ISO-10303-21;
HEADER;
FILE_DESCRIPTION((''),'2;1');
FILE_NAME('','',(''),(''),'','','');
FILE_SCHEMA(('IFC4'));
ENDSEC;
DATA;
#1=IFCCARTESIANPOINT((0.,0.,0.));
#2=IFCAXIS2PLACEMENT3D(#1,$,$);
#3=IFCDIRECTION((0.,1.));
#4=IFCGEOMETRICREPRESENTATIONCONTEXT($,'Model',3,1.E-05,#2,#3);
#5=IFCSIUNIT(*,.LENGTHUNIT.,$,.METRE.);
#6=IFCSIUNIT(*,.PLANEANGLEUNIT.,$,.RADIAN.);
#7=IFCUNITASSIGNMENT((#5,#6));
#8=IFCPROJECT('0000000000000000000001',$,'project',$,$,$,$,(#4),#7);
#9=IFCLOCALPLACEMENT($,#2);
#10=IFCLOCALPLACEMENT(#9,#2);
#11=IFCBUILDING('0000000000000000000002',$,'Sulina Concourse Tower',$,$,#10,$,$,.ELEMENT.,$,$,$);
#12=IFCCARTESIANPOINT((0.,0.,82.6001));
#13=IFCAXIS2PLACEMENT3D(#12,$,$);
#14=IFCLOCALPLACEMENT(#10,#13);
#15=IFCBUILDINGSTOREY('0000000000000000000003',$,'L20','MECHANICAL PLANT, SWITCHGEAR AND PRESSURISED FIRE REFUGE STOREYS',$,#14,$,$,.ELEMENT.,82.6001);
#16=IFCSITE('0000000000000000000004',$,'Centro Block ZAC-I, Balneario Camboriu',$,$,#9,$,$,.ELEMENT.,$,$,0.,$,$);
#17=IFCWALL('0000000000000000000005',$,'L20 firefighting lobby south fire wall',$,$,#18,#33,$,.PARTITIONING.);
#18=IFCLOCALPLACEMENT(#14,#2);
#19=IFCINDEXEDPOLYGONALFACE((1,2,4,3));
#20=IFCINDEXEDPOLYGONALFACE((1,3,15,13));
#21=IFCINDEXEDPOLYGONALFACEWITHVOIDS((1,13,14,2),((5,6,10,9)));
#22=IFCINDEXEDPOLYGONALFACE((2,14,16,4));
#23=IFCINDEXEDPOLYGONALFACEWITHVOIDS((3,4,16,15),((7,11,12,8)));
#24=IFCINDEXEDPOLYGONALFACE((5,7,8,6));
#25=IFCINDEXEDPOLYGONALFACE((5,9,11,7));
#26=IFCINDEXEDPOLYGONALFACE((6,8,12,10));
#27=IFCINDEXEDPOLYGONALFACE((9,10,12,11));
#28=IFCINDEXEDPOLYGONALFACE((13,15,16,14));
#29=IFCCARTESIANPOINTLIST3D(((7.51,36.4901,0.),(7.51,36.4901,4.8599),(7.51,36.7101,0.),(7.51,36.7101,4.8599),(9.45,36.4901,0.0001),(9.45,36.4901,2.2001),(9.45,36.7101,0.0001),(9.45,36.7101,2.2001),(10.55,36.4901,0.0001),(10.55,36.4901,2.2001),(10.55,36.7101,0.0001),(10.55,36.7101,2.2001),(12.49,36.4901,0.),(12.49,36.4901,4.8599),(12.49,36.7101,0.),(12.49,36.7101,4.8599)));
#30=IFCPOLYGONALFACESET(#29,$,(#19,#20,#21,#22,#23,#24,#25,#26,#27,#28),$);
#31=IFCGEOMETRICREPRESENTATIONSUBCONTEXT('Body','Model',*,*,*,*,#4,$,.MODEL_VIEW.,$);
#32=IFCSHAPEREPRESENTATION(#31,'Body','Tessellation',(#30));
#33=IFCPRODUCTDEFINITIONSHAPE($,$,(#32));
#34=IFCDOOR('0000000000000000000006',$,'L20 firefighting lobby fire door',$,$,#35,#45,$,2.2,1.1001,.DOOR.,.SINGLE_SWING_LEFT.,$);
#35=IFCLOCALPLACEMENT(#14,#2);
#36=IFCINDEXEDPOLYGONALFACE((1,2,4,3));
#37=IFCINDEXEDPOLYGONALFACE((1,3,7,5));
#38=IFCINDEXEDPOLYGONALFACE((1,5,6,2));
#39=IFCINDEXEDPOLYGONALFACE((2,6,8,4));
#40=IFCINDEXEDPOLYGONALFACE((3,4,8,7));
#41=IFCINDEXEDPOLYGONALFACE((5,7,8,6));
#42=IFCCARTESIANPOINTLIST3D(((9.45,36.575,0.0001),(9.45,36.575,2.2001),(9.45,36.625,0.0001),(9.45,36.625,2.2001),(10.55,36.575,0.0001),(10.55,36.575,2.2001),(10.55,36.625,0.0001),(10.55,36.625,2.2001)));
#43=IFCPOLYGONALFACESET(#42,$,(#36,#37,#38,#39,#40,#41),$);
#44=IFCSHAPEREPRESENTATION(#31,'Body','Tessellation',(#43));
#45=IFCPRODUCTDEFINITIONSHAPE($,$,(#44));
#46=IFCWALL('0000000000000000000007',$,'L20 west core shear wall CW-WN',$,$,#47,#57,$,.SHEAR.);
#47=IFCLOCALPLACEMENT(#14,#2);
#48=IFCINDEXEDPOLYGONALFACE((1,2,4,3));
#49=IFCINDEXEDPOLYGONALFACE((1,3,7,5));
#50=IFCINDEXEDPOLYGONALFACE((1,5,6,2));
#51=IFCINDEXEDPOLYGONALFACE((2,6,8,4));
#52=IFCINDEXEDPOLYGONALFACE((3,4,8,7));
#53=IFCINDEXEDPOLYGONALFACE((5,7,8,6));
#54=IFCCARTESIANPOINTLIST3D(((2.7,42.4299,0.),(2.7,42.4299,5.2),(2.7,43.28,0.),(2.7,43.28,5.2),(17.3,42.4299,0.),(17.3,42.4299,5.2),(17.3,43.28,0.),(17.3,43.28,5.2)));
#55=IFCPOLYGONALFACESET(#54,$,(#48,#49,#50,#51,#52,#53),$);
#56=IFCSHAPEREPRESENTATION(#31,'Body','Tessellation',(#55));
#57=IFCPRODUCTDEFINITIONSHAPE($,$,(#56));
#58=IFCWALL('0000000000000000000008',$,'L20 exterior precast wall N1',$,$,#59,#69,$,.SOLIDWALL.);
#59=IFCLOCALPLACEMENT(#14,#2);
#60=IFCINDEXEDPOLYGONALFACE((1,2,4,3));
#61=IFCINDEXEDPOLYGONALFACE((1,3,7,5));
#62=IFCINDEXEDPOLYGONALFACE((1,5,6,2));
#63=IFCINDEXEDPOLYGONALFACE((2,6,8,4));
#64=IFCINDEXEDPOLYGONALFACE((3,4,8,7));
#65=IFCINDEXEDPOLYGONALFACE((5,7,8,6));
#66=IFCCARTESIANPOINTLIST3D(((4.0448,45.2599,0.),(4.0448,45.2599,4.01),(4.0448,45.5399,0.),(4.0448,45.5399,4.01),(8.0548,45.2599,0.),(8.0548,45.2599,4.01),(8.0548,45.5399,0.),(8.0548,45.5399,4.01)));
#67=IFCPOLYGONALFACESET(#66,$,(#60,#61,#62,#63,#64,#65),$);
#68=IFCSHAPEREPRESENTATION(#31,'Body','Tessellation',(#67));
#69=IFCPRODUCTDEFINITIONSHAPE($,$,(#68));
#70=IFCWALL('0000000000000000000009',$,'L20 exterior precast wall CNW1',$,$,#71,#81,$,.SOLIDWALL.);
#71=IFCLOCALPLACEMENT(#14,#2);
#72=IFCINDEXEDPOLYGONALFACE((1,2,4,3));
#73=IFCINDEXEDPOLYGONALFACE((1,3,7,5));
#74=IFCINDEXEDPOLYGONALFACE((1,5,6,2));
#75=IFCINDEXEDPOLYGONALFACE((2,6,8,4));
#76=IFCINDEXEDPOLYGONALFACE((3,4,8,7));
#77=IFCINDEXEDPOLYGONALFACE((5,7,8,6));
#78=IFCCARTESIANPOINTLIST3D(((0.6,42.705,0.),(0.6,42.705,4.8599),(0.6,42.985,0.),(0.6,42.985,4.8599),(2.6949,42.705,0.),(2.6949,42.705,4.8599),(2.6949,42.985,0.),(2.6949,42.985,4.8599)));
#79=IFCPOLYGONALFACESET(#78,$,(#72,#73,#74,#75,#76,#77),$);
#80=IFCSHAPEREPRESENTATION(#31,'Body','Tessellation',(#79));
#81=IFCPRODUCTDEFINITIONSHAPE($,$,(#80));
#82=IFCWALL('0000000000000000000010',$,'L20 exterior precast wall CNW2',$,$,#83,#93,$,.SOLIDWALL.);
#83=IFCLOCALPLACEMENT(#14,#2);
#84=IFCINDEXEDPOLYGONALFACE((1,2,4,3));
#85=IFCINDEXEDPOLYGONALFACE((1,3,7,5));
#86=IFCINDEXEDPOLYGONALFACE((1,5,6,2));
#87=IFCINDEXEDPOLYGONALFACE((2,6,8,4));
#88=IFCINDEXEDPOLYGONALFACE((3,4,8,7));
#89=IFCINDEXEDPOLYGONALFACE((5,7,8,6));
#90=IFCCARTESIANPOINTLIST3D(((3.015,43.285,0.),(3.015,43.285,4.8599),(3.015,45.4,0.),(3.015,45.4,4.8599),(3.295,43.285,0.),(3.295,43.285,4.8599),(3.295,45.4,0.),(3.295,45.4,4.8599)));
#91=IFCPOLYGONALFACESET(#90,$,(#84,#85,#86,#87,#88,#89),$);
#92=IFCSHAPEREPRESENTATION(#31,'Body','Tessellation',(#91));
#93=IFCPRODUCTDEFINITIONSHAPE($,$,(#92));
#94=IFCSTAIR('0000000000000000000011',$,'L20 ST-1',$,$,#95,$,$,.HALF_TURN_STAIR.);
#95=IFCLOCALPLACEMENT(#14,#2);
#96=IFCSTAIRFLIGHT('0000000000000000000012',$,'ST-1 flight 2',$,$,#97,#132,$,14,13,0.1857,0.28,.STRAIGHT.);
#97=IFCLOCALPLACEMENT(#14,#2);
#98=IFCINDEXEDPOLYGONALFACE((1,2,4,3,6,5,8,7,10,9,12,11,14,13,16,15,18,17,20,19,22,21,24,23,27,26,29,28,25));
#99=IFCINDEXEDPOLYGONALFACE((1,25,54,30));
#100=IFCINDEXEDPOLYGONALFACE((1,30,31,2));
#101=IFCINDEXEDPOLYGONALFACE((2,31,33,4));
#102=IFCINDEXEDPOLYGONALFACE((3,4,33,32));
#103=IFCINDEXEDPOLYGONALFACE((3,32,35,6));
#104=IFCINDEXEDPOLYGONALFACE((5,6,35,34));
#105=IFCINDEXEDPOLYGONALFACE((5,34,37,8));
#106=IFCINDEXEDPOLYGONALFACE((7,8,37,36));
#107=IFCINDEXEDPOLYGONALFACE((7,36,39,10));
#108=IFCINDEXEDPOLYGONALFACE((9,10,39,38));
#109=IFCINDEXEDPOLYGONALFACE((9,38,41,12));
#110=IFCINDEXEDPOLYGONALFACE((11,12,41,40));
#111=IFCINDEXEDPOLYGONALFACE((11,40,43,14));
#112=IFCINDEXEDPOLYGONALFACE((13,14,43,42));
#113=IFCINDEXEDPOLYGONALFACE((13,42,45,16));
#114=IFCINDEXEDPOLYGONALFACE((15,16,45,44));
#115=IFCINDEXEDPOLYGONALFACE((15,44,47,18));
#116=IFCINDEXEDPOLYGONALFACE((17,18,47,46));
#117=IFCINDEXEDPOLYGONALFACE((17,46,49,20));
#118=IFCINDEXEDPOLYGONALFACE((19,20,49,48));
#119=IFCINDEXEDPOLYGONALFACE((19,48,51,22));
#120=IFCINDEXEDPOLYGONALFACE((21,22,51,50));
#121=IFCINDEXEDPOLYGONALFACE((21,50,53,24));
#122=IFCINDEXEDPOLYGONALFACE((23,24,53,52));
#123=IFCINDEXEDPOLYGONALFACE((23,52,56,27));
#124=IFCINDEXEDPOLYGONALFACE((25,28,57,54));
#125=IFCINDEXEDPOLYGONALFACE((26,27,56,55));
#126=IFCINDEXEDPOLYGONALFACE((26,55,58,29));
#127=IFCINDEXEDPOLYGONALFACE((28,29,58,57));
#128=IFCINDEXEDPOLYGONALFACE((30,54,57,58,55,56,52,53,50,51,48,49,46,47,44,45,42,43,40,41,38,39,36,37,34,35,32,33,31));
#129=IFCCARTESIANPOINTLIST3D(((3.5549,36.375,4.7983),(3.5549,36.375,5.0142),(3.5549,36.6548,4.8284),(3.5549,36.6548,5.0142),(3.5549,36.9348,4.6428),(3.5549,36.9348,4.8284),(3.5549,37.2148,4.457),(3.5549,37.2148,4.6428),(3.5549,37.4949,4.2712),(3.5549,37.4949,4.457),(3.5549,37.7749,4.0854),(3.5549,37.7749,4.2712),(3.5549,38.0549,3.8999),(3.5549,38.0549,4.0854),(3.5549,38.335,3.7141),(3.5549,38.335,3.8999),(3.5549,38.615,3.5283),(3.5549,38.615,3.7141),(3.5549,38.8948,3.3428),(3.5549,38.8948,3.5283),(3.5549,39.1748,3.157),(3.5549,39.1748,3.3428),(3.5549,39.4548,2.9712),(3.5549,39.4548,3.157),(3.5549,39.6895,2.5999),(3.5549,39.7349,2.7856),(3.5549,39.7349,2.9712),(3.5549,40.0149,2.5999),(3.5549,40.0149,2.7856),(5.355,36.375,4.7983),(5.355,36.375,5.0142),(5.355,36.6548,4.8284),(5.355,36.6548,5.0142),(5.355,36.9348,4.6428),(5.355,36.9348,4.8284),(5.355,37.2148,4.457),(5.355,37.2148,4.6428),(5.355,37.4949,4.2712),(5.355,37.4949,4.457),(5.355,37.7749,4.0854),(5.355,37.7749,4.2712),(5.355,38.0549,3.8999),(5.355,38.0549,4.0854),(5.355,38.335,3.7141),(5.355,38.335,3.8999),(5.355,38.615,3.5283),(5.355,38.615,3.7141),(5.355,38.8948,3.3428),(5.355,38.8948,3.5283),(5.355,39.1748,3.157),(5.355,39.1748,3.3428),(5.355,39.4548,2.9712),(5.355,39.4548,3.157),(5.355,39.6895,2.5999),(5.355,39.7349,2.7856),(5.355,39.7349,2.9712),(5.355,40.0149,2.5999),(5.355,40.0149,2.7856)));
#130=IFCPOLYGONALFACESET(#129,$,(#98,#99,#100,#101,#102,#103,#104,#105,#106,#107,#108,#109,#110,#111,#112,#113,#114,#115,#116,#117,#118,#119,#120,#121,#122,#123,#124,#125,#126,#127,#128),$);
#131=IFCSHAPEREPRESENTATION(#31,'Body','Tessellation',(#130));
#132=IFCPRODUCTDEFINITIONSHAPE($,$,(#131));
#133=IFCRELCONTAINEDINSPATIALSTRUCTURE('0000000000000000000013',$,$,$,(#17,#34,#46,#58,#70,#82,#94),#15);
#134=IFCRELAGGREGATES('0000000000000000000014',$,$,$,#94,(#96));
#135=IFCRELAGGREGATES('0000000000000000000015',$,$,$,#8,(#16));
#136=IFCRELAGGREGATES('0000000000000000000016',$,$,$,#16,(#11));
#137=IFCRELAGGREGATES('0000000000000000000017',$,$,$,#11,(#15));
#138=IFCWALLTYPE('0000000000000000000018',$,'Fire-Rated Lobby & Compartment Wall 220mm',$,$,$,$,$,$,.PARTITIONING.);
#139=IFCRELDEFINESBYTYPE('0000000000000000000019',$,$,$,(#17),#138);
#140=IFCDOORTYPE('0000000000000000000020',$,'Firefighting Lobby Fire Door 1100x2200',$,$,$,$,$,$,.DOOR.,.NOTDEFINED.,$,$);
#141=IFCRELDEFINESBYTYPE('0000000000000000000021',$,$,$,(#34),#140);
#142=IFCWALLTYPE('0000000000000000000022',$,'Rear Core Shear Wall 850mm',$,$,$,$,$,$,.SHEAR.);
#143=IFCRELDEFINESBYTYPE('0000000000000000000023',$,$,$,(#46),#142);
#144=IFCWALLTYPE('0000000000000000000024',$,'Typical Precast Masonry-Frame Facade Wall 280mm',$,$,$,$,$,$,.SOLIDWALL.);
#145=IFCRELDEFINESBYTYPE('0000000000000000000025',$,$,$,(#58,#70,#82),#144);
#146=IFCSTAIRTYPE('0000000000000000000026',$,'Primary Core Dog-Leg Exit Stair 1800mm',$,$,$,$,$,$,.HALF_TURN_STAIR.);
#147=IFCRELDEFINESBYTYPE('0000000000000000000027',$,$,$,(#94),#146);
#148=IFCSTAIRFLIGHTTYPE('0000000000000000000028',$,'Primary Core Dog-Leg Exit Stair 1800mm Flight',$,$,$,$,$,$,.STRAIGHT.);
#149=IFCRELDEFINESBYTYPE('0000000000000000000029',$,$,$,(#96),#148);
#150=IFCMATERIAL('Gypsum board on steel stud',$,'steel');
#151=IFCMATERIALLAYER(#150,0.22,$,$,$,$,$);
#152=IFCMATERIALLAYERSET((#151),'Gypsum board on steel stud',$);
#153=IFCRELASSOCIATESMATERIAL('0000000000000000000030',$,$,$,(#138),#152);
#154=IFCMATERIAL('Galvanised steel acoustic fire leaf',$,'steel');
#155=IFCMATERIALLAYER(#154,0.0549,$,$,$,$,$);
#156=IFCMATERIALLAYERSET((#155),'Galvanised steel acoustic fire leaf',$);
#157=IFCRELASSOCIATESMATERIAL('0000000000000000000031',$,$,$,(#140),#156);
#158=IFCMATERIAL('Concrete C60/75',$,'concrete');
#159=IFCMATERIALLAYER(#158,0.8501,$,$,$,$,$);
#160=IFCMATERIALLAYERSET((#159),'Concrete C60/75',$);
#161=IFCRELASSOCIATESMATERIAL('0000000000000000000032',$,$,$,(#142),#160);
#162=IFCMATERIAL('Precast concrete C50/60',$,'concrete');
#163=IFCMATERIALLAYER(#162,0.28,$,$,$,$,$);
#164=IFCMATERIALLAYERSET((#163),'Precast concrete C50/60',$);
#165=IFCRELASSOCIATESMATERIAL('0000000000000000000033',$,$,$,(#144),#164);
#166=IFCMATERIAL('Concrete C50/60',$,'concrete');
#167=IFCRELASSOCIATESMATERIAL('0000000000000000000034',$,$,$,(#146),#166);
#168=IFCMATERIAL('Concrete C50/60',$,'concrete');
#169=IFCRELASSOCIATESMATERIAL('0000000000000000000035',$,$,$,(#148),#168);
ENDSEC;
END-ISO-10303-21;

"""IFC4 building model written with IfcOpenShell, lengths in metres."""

from ifc_helpers import new_model, si_unit, direction, frame, frame_2d, origin, place, context, subcontext, project, spatial, polyline, rectangle, outline, extrude, material, layer, layer_set, type_object, element, fill, aggregate, save


model = new_model("IFC4")

# Units and contexts
model_context = context("Model", 3, precision=1e-05, world=origin(), true_north=direction((0.0, 1.0)))
body_context = subcontext(model_context, "Body", "Model", "MODEL_VIEW")
ifc_project = project(units=[si_unit("LENGTHUNIT", "METRE"), si_unit("PLANEANGLEUNIT", "RADIAN")], contexts=[model_context])

# Site, building, storey
site_placement = place(None, origin())
site = spatial("IfcSite", under=ifc_project, at=site_placement, Name="Centro Block ZAC-I, Balneario Camboriu", CompositionType="ELEMENT", RefElevation=0.0)
building_placement = place(site_placement, origin())
building = spatial("IfcBuilding", under=site, at=building_placement, Name="Sulina Concourse Tower", CompositionType="ELEMENT")
storey_placement = place(building_placement, frame((0.0, 0.0, 82.6001)))
storey = spatial("IfcBuildingStorey", under=building, at=storey_placement, Name="L20", Description="MECHANICAL PLANT, SWITCHGEAR AND PRESSURISED FIRE REFUGE STOREYS", CompositionType="ELEMENT", Elevation=82.6001)

# Wall, opening, door
ifc_material_1 = material(Name="Gypsum board on steel stud", Category="steel")
ifc_layer_1 = layer(ifc_material_1, 0.22)
ifc_layer_set_1 = layer_set([ifc_layer_1], Name="Gypsum board on steel stud")
wall_type_1 = type_object("IfcWallType", Name="Fire-Rated Lobby & Compartment Wall 220mm", PredefinedType="PARTITIONING", material=ifc_layer_set_1)
wall_1_placement = place(storey_placement, frame((7.51, 36.6001, 0.0), z_axis=(0.0, 0.0, 1.0), x_axis=(1.0, 0.0, 0.0)))
wall_1 = element("IfcWall", 1, at=wall_1_placement, inside=storey, type_object=wall_type_1, Name="L20 firefighting lobby south fire wall", PredefinedType="PARTITIONING", context=body_context, shape_type="SweptSolid", body=[
    extrude(rectangle(XDim=4.98, YDim=0.22, at=frame_2d((2.49, 0.0))), origin(), (0.0, 0.0, 1.0), 4.8599),
])
opening_placement = place(wall_1_placement, frame((1.9399, 0.0, 0.0)))
opening = element("IfcOpeningElement", 2, at=opening_placement, cuts=wall_1, PredefinedType="OPENING", context=body_context, shape_type="SweptSolid", body=[
    extrude(rectangle(XDim=1.1001, YDim=2.2, at=frame_2d((0.55, 1.1001))), frame((0.0, 0.1199, 0.0), z_axis=(0.0, -1.0, 0.0), x_axis=(1.0, 0.0, 0.0)), (0.0, 0.0, 1.0), 0.24),
])
ifc_material_2 = material(Name="Galvanised steel acoustic fire leaf", Category="steel")
ifc_layer_2 = layer(ifc_material_2, 0.0549)
ifc_layer_set_2 = layer_set([ifc_layer_2], Name="Galvanised steel acoustic fire leaf")
door_type = type_object("IfcDoorType", Name="Firefighting Lobby Fire Door 1100x2200", OperationType="NOTDEFINED", PredefinedType="DOOR", material=ifc_layer_set_2)
door_placement = place(opening_placement, origin())
door = element("IfcDoor", 3, at=door_placement, inside=storey, type_object=door_type, Name="L20 firefighting lobby fire door", OperationType="SINGLE_SWING_LEFT", OverallHeight=2.2, OverallWidth=1.1001, PredefinedType="DOOR", context=body_context, shape_type="SweptSolid", body=[
    extrude(rectangle(XDim=1.1001, YDim=2.2, at=frame_2d((0.55, 1.1001))), frame((0.0, 0.0249, 0.0), z_axis=(0.0, -1.0, 0.0), x_axis=(1.0, 0.0, 0.0)), (0.0, 0.0, 1.0), 0.05),
])
fill(opening, door)

# Walls
ifc_material_3 = material(Name="Concrete C60/75", Category="concrete")
ifc_layer_3 = layer(ifc_material_3, 0.8501)
ifc_layer_set_3 = layer_set([ifc_layer_3], Name="Concrete C60/75")
wall_type_2 = type_object("IfcWallType", Name="Rear Core Shear Wall 850mm", PredefinedType="SHEAR", material=ifc_layer_set_3)
wall_2_placement = place(storey_placement, frame((2.7, 42.855, 0.0), z_axis=(0.0, 0.0, 1.0), x_axis=(1.0, 0.0, 0.0)))
element("IfcWall", 4, at=wall_2_placement, inside=storey, type_object=wall_type_2, Name="L20 west core shear wall CW-WN", PredefinedType="SHEAR", context=body_context, shape_type="SweptSolid", body=[
    extrude(rectangle(XDim=14.6001, YDim=0.8501, at=frame_2d((7.3, 0.0))), origin(), (0.0, 0.0, 1.0), 5.2),
])
ifc_material_4 = material(Name="Precast concrete C50/60", Category="concrete")
ifc_layer_4 = layer(ifc_material_4, 0.28)
ifc_layer_set_4 = layer_set([ifc_layer_4], Name="Precast concrete C50/60")
wall_type_3 = type_object("IfcWallType", Name="Typical Precast Masonry-Frame Facade Wall 280mm", PredefinedType="SOLIDWALL", material=ifc_layer_set_4)
wall_3_placement = place(storey_placement, frame((4.0449, 45.3999, 0.0), z_axis=(0.0, 0.0, 1.0), x_axis=(1.0, 0.0, 0.0)))
element("IfcWall", 5, at=wall_3_placement, inside=storey, type_object=wall_type_3, Name="L20 exterior precast wall N1", PredefinedType="SOLIDWALL", context=body_context, shape_type="SweptSolid", body=[
    extrude(rectangle(XDim=4.01, YDim=0.28, at=frame_2d((2.0049, 0.0))), origin(), (0.0, 0.0, 1.0), 4.01),
])
wall_4_placement = place(storey_placement, frame((0.6001, 42.845, 0.0), z_axis=(0.0, 0.0, 1.0), x_axis=(1.0, 0.0, 0.0)))
element("IfcWall", 6, at=wall_4_placement, inside=storey, type_object=wall_type_3, Name="L20 exterior precast wall CNW1", PredefinedType="SOLIDWALL", context=body_context, shape_type="SweptSolid", body=[
    extrude(rectangle(XDim=2.095, YDim=0.28, at=frame_2d((1.0474, 0.0))), origin(), (0.0, 0.0, 1.0), 4.8599),
])
wall_5_placement = place(storey_placement, frame((3.155, 43.2849, 0.0), z_axis=(0.0, 0.0, 1.0), x_axis=(0.0, 1.0, 0.0)))
element("IfcWall", 7, at=wall_5_placement, inside=storey, type_object=wall_type_3, Name="L20 exterior precast wall CNW2", PredefinedType="SOLIDWALL", context=body_context, shape_type="SweptSolid", body=[
    extrude(rectangle(XDim=2.115, YDim=0.28, at=frame_2d((1.0576, 0.0))), origin(), (0.0, 0.0, 1.0), 4.8599),
])

# Stair, stair flight
ifc_material_5 = material(Name="Concrete C50/60", Category="concrete")
stair_type = type_object("IfcStairType", Name="Primary Core Dog-Leg Exit Stair 1800mm", PredefinedType="HALF_TURN_STAIR", material=ifc_material_5)
stair_placement = place(storey_placement, origin())
stair = element("IfcStair", 8, at=stair_placement, inside=storey, type_object=stair_type, Name="L20 ST-1", PredefinedType="HALF_TURN_STAIR")
ifc_material_6 = material(Name="Concrete C50/60", Category="concrete")
stair_flight_type = type_object("IfcStairFlightType", Name="Primary Core Dog-Leg Exit Stair 1800mm Flight", PredefinedType="STRAIGHT", material=ifc_material_6)
stair_flight_placement = place(storey_placement, frame((4.4551, 40.0149, 2.5999), z_axis=(0.0, 0.0, 1.0), x_axis=(0.0, -1.0, 0.0)))
stair_flight = element("IfcStairFlight", 9, at=stair_flight_placement, type_object=stair_flight_type, Name="ST-1 flight 2", NumberOfRisers=14, NumberOfTreads=13, PredefinedType="STRAIGHT", RiserHeight=0.1857, TreadLength=0.28, context=body_context, shape_type="SweptSolid", body=[
    extrude(outline(polyline([(0.0, 0.0), (0.0, 0.1858), (0.28, 0.1858), (0.28, 0.3713), (0.5601, 0.3713), (0.5601, 0.5571), (0.8401, 0.5571), (0.8401, 0.7429), (1.1201, 0.7429), (1.1201, 0.9285), (1.3999, 0.9285), (1.3999, 1.1143), (1.6799, 1.1143), (1.6799, 1.3), (1.96, 1.3), (1.96, 1.4856), (2.24, 1.4856), (2.24, 1.6714), (2.52, 1.6714), (2.52, 1.8572), (2.8, 1.8572), (2.8, 2.043), (3.0801, 2.043), (3.0801, 2.2285), (3.3601, 2.2285), (3.3601, 2.4143), (3.6399, 2.4143), (3.6399, 2.6001), (3.6399, 2.1985), (0.3254, 0.0), (0.0, 0.0)])), frame((0.0, 0.8999, 0.0), z_axis=(0.0, -1.0, 0.0), x_axis=(1.0, 0.0, 0.0)), (0.0, 0.0, 1.0), 1.8),
])
aggregate(stair, [stair_flight])

save(model, "model.ifc")
